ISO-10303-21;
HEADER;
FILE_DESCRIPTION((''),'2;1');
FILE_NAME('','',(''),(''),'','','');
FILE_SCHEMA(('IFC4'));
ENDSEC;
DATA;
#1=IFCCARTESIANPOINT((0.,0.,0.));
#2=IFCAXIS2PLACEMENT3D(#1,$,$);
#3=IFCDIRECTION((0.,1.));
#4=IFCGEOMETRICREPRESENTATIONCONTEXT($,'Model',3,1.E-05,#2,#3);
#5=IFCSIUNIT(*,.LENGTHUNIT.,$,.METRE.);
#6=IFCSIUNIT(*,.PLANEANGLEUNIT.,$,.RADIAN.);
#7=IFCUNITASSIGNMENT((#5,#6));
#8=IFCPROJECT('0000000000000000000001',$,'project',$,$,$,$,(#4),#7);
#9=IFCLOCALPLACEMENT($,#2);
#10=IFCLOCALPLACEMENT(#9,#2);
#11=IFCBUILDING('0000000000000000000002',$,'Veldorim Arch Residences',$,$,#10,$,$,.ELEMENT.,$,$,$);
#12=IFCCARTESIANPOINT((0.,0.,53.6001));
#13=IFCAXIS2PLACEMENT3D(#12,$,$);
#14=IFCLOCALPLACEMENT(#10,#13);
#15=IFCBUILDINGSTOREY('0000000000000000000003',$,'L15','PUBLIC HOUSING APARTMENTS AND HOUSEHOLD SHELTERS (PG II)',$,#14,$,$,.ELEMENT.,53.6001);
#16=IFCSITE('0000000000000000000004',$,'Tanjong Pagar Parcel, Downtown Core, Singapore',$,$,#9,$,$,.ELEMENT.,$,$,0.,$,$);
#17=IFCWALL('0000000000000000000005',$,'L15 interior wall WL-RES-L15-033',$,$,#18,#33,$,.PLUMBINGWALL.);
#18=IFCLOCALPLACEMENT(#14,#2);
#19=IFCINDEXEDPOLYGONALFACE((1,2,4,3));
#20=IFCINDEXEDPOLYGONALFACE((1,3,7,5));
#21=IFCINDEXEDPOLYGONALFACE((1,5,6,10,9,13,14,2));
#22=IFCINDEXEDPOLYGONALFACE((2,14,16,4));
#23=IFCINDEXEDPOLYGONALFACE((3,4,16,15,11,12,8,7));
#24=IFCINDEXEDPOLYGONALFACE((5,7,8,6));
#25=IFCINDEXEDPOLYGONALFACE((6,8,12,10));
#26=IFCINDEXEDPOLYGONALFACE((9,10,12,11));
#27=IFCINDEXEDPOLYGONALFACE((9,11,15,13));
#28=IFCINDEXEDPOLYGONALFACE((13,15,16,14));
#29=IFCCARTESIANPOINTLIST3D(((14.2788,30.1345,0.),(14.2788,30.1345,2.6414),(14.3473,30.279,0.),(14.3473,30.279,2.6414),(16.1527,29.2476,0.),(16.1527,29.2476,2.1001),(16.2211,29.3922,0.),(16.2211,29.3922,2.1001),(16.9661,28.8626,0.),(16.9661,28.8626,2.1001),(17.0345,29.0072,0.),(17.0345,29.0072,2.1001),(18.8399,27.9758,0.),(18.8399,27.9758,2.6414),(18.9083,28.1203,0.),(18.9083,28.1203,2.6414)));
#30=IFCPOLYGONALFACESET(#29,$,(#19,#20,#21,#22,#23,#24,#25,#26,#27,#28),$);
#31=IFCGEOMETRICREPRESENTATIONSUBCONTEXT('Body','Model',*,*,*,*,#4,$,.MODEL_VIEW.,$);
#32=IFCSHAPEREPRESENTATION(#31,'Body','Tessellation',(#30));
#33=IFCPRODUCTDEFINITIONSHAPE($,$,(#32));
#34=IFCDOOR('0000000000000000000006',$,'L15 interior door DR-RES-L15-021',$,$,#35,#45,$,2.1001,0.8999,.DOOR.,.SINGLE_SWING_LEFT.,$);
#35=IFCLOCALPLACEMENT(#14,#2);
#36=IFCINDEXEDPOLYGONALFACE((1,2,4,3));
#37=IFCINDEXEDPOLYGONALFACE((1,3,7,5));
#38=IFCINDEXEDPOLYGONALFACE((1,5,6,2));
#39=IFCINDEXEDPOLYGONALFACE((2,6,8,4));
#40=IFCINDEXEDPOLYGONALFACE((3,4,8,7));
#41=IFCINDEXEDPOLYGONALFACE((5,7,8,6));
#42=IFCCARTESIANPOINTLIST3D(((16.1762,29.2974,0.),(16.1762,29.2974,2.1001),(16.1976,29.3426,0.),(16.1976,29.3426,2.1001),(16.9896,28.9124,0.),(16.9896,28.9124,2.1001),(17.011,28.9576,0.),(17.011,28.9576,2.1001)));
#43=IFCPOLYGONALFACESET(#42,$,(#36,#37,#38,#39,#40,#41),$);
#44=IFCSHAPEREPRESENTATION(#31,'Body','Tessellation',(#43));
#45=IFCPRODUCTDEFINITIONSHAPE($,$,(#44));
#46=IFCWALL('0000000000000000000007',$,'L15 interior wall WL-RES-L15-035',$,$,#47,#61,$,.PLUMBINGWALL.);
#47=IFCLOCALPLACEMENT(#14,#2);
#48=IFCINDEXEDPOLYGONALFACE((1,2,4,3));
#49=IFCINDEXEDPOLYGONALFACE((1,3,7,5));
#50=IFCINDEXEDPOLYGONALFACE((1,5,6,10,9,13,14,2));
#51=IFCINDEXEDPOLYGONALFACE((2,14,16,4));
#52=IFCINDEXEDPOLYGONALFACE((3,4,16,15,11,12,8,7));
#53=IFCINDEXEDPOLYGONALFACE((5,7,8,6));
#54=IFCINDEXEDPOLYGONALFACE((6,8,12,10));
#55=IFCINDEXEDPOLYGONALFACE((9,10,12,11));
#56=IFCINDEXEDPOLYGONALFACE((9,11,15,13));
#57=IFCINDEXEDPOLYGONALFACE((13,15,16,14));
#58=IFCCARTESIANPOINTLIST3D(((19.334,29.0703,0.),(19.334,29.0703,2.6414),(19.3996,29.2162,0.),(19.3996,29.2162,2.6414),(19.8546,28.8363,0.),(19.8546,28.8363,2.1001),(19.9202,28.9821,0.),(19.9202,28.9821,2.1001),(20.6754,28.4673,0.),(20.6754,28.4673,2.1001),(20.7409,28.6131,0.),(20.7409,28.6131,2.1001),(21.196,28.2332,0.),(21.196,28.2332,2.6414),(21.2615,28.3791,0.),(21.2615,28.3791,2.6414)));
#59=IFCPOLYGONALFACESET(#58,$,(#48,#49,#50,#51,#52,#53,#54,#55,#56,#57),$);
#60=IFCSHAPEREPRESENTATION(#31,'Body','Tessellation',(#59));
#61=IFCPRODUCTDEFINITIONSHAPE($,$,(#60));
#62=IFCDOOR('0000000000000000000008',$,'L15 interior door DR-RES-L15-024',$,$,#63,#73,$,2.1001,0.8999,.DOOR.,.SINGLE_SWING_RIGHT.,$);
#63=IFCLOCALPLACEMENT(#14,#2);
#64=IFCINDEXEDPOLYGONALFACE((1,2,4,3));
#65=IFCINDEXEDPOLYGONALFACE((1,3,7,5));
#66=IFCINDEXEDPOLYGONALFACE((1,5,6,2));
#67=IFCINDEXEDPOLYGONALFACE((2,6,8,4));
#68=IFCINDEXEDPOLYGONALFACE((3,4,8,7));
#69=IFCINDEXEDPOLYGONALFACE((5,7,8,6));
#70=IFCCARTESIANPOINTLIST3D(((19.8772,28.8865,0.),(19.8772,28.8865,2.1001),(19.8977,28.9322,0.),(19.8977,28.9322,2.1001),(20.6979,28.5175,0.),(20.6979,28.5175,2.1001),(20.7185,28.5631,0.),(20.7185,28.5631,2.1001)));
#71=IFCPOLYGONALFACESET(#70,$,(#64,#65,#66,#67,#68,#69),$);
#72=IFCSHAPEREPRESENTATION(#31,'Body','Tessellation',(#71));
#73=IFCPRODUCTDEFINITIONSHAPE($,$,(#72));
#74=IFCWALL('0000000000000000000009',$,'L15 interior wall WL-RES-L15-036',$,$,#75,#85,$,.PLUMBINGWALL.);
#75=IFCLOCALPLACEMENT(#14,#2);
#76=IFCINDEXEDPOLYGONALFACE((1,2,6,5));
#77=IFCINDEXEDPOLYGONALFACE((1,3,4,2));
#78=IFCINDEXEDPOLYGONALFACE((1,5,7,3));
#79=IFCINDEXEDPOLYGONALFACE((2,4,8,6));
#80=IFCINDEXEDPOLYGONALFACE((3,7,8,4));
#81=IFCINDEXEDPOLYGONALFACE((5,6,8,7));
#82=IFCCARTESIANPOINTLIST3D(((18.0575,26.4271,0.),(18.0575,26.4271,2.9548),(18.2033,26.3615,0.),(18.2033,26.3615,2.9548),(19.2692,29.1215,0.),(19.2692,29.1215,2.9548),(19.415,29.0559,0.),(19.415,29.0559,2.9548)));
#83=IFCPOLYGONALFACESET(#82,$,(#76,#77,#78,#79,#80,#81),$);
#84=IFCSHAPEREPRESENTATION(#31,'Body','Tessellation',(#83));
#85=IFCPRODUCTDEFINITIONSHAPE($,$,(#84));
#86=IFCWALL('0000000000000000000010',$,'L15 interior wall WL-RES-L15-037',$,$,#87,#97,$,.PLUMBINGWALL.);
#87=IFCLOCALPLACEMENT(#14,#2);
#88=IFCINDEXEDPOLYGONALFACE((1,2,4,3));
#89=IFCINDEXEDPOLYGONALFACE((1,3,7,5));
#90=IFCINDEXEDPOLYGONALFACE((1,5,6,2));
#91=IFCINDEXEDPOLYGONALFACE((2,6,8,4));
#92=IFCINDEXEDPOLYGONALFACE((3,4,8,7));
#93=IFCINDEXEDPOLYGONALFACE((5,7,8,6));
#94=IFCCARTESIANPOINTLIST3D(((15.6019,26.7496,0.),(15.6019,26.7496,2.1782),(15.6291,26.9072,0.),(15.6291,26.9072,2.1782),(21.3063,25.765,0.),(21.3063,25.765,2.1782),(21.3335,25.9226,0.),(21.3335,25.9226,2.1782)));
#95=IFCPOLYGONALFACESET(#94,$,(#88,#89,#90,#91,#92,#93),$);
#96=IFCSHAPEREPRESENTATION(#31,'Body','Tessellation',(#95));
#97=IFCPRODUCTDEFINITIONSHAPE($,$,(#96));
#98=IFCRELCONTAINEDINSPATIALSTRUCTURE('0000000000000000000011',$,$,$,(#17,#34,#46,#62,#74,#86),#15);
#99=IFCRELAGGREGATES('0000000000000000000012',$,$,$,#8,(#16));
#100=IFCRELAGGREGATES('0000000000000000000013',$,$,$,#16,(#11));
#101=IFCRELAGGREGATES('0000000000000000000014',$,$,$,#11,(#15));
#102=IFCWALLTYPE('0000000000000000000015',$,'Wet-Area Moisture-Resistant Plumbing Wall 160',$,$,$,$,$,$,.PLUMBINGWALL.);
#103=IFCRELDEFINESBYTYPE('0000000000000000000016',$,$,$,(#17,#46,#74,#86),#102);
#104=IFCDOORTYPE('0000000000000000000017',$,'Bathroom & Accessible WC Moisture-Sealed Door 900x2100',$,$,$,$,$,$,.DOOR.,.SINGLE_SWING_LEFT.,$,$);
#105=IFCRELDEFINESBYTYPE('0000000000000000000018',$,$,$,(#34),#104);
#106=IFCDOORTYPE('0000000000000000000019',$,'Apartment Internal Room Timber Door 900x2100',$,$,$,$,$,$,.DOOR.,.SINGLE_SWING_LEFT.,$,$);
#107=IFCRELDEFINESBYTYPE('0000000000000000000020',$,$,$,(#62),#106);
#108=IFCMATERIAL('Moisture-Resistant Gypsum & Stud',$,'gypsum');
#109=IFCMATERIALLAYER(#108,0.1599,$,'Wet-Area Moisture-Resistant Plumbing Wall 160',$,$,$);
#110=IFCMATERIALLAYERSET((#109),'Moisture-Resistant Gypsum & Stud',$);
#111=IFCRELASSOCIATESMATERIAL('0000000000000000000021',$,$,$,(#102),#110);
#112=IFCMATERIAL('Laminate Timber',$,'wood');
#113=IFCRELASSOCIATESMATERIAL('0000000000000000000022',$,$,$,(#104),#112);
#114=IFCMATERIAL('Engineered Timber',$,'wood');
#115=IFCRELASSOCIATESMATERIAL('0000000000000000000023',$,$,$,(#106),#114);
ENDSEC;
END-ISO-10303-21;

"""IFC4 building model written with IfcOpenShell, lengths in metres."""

from ifc_helpers import new_model, si_unit, direction, frame, frame_2d, origin, place, context, subcontext, project, spatial, rectangle, extrude, material, layer, layer_set, type_object, element, fill, save


model = new_model("IFC4")

# Units and contexts
model_context = context("Model", 3, precision=1e-05, world=origin(), true_north=direction((0.0, 1.0)))
body_context = subcontext(model_context, "Body", "Model", "MODEL_VIEW")
ifc_project = project(units=[si_unit("LENGTHUNIT", "METRE"), si_unit("PLANEANGLEUNIT", "RADIAN")], contexts=[model_context])

# Site, building, storey
site_placement = place(None, origin())
site = spatial("IfcSite", under=ifc_project, at=site_placement, Name="Tanjong Pagar Parcel, Downtown Core, Singapore", CompositionType="ELEMENT", RefElevation=0.0)
building_placement = place(site_placement, origin())
building = spatial("IfcBuilding", under=site, at=building_placement, Name="Veldorim Arch Residences", CompositionType="ELEMENT")
storey_placement = place(building_placement, frame((0.0, 0.0, 53.6001)))
storey = spatial("IfcBuildingStorey", under=building, at=storey_placement, Name="L15", Description="PUBLIC HOUSING APARTMENTS AND HOUSEHOLD SHELTERS (PG II)", CompositionType="ELEMENT", Elevation=53.6001)

# Walls, openings, doors
ifc_material_1 = material(Name="Moisture-Resistant Gypsum & Stud", Category="gypsum")
ifc_layer_1 = layer(ifc_material_1, 0.1599, Name="Wet-Area Moisture-Resistant Plumbing Wall 160")
ifc_layer_set_1 = layer_set([ifc_layer_1], Name="Moisture-Resistant Gypsum & Stud")
wall_type_1 = type_object("IfcWallType", Name="Wet-Area Moisture-Resistant Plumbing Wall 160", PredefinedType="PLUMBINGWALL", material=ifc_layer_set_1)
wall_1_placement = place(storey_placement, frame((18.874, 28.0481, 0.0), z_axis=(0.0, 0.0, 1.0), x_axis=(-0.903876, 0.427795, 0.0)))
wall_1 = element("IfcWall", 1, at=wall_1_placement, inside=storey, type_object=wall_type_1, Name="L15 interior wall WL-RES-L15-033", PredefinedType="PLUMBINGWALL", context=body_context, shape_type="SweptSolid", body=[
    extrude(rectangle(XDim=5.0461, YDim=0.1599, at=frame_2d((2.5229, 0.0))), origin(), (0.0, 0.0, 1.0), 2.6414),
])
opening_1_placement = place(wall_1_placement, frame((2.073, 0.0, 0.0)))
opening_1 = element("IfcOpeningElement", 2, at=opening_1_placement, cuts=wall_1, PredefinedType="OPENING", context=body_context, shape_type="SweptSolid", body=[
    extrude(rectangle(XDim=0.8999, YDim=2.1001, at=frame_2d((0.45, 1.05))), frame((0.0, 0.0898, 0.0), z_axis=(0.0, -1.0, 0.0), x_axis=(1.0, 0.0, 0.0)), (0.0, 0.0, 1.0), 0.1799),
])
ifc_material_2 = material(Name="Laminate Timber", Category="wood")
door_type_1 = type_object("IfcDoorType", Name="Bathroom & Accessible WC Moisture-Sealed Door 900x2100", OperationType="SINGLE_SWING_LEFT", PredefinedType="DOOR", material=ifc_material_2)
door_1_placement = place(opening_1_placement, origin())
door_1 = element("IfcDoor", 3, at=door_1_placement, inside=storey, type_object=door_type_1, Name="L15 interior door DR-RES-L15-021", OperationType="SINGLE_SWING_LEFT", OverallHeight=2.1001, OverallWidth=0.8999, PredefinedType="DOOR", context=body_context, shape_type="SweptSolid", body=[
    extrude(rectangle(XDim=0.8999, YDim=2.1001, at=frame_2d((0.45, 1.05))), frame((0.0, 0.0249, 0.0), z_axis=(0.0, -1.0, 0.0), x_axis=(1.0, 0.0, 0.0)), (0.0, 0.0, 1.0), 0.05),
])
fill(opening_1, door_1)
wall_2_placement = place(storey_placement, frame((21.2288, 28.3062, 0.0), z_axis=(0.0, 0.0, 1.0), x_axis=(-0.912062, 0.410051, 0.0)))
wall_2 = element("IfcWall", 4, at=wall_2_placement, inside=storey, type_object=wall_type_1, Name="L15 interior wall WL-RES-L15-035", PredefinedType="PLUMBINGWALL", context=body_context, shape_type="SweptSolid", body=[
    extrude(rectangle(XDim=2.0415, YDim=0.1599, at=frame_2d((1.0208, 0.0))), origin(), (0.0, 0.0, 1.0), 2.6414),
])
opening_2_placement = place(wall_2_placement, frame((0.5708, 0.0, 0.0)))
opening_2 = element("IfcOpeningElement", 5, at=opening_2_placement, cuts=wall_2, PredefinedType="OPENING", context=body_context, shape_type="SweptSolid", body=[
    extrude(rectangle(XDim=0.8999, YDim=2.1001, at=frame_2d((0.45, 1.05))), frame((0.0, 0.0898, 0.0), z_axis=(0.0, -1.0, 0.0), x_axis=(1.0, 0.0, 0.0)), (0.0, 0.0, 1.0), 0.1799),
])
ifc_material_3 = material(Name="Engineered Timber", Category="wood")
door_type_2 = type_object("IfcDoorType", Name="Apartment Internal Room Timber Door 900x2100", OperationType="SINGLE_SWING_LEFT", PredefinedType="DOOR", material=ifc_material_3)
door_2_placement = place(opening_2_placement, origin())
door_2 = element("IfcDoor", 6, at=door_2_placement, inside=storey, type_object=door_type_2, Name="L15 interior door DR-RES-L15-024", OperationType="SINGLE_SWING_RIGHT", OverallHeight=2.1001, OverallWidth=0.8999, PredefinedType="DOOR", context=body_context, shape_type="SweptSolid", body=[
    extrude(rectangle(XDim=0.8999, YDim=2.1001, at=frame_2d((0.45, 1.05))), frame((0.0, 0.0249, 0.0), z_axis=(0.0, -1.0, 0.0), x_axis=(1.0, 0.0, 0.0)), (0.0, 0.0, 1.0), 0.05),
])
fill(opening_2, door_2)

# Walls
wall_3_placement = place(storey_placement, frame((19.342, 29.0886, 0.0), z_axis=(0.0, 0.0, 1.0), x_axis=(-0.410145, -0.91202, 0.0)))
element("IfcWall", 7, at=wall_3_placement, inside=storey, type_object=wall_type_1, Name="L15 interior wall WL-RES-L15-036", PredefinedType="PLUMBINGWALL", context=body_context, shape_type="SweptSolid", body=[
    extrude(rectangle(XDim=2.9543, YDim=0.1599, at=frame_2d((1.4771, 0.0))), origin(), (0.0, 0.0, 1.0), 2.9548),
])
wall_4_placement = place(storey_placement, frame((21.3201, 25.8438, 0.0), z_axis=(0.0, 0.0, 1.0), x_axis=(-0.985429, 0.170086, 0.0)))
element("IfcWall", 8, at=wall_4_placement, inside=storey, type_object=wall_type_1, Name="L15 interior wall WL-RES-L15-037", PredefinedType="PLUMBINGWALL", context=body_context, shape_type="SweptSolid", body=[
    extrude(rectangle(XDim=5.7888, YDim=0.1599, at=frame_2d((2.8945, 0.0))), origin(), (0.0, 0.0, 1.0), 2.1782),
])

save(model, "model.ifc")
